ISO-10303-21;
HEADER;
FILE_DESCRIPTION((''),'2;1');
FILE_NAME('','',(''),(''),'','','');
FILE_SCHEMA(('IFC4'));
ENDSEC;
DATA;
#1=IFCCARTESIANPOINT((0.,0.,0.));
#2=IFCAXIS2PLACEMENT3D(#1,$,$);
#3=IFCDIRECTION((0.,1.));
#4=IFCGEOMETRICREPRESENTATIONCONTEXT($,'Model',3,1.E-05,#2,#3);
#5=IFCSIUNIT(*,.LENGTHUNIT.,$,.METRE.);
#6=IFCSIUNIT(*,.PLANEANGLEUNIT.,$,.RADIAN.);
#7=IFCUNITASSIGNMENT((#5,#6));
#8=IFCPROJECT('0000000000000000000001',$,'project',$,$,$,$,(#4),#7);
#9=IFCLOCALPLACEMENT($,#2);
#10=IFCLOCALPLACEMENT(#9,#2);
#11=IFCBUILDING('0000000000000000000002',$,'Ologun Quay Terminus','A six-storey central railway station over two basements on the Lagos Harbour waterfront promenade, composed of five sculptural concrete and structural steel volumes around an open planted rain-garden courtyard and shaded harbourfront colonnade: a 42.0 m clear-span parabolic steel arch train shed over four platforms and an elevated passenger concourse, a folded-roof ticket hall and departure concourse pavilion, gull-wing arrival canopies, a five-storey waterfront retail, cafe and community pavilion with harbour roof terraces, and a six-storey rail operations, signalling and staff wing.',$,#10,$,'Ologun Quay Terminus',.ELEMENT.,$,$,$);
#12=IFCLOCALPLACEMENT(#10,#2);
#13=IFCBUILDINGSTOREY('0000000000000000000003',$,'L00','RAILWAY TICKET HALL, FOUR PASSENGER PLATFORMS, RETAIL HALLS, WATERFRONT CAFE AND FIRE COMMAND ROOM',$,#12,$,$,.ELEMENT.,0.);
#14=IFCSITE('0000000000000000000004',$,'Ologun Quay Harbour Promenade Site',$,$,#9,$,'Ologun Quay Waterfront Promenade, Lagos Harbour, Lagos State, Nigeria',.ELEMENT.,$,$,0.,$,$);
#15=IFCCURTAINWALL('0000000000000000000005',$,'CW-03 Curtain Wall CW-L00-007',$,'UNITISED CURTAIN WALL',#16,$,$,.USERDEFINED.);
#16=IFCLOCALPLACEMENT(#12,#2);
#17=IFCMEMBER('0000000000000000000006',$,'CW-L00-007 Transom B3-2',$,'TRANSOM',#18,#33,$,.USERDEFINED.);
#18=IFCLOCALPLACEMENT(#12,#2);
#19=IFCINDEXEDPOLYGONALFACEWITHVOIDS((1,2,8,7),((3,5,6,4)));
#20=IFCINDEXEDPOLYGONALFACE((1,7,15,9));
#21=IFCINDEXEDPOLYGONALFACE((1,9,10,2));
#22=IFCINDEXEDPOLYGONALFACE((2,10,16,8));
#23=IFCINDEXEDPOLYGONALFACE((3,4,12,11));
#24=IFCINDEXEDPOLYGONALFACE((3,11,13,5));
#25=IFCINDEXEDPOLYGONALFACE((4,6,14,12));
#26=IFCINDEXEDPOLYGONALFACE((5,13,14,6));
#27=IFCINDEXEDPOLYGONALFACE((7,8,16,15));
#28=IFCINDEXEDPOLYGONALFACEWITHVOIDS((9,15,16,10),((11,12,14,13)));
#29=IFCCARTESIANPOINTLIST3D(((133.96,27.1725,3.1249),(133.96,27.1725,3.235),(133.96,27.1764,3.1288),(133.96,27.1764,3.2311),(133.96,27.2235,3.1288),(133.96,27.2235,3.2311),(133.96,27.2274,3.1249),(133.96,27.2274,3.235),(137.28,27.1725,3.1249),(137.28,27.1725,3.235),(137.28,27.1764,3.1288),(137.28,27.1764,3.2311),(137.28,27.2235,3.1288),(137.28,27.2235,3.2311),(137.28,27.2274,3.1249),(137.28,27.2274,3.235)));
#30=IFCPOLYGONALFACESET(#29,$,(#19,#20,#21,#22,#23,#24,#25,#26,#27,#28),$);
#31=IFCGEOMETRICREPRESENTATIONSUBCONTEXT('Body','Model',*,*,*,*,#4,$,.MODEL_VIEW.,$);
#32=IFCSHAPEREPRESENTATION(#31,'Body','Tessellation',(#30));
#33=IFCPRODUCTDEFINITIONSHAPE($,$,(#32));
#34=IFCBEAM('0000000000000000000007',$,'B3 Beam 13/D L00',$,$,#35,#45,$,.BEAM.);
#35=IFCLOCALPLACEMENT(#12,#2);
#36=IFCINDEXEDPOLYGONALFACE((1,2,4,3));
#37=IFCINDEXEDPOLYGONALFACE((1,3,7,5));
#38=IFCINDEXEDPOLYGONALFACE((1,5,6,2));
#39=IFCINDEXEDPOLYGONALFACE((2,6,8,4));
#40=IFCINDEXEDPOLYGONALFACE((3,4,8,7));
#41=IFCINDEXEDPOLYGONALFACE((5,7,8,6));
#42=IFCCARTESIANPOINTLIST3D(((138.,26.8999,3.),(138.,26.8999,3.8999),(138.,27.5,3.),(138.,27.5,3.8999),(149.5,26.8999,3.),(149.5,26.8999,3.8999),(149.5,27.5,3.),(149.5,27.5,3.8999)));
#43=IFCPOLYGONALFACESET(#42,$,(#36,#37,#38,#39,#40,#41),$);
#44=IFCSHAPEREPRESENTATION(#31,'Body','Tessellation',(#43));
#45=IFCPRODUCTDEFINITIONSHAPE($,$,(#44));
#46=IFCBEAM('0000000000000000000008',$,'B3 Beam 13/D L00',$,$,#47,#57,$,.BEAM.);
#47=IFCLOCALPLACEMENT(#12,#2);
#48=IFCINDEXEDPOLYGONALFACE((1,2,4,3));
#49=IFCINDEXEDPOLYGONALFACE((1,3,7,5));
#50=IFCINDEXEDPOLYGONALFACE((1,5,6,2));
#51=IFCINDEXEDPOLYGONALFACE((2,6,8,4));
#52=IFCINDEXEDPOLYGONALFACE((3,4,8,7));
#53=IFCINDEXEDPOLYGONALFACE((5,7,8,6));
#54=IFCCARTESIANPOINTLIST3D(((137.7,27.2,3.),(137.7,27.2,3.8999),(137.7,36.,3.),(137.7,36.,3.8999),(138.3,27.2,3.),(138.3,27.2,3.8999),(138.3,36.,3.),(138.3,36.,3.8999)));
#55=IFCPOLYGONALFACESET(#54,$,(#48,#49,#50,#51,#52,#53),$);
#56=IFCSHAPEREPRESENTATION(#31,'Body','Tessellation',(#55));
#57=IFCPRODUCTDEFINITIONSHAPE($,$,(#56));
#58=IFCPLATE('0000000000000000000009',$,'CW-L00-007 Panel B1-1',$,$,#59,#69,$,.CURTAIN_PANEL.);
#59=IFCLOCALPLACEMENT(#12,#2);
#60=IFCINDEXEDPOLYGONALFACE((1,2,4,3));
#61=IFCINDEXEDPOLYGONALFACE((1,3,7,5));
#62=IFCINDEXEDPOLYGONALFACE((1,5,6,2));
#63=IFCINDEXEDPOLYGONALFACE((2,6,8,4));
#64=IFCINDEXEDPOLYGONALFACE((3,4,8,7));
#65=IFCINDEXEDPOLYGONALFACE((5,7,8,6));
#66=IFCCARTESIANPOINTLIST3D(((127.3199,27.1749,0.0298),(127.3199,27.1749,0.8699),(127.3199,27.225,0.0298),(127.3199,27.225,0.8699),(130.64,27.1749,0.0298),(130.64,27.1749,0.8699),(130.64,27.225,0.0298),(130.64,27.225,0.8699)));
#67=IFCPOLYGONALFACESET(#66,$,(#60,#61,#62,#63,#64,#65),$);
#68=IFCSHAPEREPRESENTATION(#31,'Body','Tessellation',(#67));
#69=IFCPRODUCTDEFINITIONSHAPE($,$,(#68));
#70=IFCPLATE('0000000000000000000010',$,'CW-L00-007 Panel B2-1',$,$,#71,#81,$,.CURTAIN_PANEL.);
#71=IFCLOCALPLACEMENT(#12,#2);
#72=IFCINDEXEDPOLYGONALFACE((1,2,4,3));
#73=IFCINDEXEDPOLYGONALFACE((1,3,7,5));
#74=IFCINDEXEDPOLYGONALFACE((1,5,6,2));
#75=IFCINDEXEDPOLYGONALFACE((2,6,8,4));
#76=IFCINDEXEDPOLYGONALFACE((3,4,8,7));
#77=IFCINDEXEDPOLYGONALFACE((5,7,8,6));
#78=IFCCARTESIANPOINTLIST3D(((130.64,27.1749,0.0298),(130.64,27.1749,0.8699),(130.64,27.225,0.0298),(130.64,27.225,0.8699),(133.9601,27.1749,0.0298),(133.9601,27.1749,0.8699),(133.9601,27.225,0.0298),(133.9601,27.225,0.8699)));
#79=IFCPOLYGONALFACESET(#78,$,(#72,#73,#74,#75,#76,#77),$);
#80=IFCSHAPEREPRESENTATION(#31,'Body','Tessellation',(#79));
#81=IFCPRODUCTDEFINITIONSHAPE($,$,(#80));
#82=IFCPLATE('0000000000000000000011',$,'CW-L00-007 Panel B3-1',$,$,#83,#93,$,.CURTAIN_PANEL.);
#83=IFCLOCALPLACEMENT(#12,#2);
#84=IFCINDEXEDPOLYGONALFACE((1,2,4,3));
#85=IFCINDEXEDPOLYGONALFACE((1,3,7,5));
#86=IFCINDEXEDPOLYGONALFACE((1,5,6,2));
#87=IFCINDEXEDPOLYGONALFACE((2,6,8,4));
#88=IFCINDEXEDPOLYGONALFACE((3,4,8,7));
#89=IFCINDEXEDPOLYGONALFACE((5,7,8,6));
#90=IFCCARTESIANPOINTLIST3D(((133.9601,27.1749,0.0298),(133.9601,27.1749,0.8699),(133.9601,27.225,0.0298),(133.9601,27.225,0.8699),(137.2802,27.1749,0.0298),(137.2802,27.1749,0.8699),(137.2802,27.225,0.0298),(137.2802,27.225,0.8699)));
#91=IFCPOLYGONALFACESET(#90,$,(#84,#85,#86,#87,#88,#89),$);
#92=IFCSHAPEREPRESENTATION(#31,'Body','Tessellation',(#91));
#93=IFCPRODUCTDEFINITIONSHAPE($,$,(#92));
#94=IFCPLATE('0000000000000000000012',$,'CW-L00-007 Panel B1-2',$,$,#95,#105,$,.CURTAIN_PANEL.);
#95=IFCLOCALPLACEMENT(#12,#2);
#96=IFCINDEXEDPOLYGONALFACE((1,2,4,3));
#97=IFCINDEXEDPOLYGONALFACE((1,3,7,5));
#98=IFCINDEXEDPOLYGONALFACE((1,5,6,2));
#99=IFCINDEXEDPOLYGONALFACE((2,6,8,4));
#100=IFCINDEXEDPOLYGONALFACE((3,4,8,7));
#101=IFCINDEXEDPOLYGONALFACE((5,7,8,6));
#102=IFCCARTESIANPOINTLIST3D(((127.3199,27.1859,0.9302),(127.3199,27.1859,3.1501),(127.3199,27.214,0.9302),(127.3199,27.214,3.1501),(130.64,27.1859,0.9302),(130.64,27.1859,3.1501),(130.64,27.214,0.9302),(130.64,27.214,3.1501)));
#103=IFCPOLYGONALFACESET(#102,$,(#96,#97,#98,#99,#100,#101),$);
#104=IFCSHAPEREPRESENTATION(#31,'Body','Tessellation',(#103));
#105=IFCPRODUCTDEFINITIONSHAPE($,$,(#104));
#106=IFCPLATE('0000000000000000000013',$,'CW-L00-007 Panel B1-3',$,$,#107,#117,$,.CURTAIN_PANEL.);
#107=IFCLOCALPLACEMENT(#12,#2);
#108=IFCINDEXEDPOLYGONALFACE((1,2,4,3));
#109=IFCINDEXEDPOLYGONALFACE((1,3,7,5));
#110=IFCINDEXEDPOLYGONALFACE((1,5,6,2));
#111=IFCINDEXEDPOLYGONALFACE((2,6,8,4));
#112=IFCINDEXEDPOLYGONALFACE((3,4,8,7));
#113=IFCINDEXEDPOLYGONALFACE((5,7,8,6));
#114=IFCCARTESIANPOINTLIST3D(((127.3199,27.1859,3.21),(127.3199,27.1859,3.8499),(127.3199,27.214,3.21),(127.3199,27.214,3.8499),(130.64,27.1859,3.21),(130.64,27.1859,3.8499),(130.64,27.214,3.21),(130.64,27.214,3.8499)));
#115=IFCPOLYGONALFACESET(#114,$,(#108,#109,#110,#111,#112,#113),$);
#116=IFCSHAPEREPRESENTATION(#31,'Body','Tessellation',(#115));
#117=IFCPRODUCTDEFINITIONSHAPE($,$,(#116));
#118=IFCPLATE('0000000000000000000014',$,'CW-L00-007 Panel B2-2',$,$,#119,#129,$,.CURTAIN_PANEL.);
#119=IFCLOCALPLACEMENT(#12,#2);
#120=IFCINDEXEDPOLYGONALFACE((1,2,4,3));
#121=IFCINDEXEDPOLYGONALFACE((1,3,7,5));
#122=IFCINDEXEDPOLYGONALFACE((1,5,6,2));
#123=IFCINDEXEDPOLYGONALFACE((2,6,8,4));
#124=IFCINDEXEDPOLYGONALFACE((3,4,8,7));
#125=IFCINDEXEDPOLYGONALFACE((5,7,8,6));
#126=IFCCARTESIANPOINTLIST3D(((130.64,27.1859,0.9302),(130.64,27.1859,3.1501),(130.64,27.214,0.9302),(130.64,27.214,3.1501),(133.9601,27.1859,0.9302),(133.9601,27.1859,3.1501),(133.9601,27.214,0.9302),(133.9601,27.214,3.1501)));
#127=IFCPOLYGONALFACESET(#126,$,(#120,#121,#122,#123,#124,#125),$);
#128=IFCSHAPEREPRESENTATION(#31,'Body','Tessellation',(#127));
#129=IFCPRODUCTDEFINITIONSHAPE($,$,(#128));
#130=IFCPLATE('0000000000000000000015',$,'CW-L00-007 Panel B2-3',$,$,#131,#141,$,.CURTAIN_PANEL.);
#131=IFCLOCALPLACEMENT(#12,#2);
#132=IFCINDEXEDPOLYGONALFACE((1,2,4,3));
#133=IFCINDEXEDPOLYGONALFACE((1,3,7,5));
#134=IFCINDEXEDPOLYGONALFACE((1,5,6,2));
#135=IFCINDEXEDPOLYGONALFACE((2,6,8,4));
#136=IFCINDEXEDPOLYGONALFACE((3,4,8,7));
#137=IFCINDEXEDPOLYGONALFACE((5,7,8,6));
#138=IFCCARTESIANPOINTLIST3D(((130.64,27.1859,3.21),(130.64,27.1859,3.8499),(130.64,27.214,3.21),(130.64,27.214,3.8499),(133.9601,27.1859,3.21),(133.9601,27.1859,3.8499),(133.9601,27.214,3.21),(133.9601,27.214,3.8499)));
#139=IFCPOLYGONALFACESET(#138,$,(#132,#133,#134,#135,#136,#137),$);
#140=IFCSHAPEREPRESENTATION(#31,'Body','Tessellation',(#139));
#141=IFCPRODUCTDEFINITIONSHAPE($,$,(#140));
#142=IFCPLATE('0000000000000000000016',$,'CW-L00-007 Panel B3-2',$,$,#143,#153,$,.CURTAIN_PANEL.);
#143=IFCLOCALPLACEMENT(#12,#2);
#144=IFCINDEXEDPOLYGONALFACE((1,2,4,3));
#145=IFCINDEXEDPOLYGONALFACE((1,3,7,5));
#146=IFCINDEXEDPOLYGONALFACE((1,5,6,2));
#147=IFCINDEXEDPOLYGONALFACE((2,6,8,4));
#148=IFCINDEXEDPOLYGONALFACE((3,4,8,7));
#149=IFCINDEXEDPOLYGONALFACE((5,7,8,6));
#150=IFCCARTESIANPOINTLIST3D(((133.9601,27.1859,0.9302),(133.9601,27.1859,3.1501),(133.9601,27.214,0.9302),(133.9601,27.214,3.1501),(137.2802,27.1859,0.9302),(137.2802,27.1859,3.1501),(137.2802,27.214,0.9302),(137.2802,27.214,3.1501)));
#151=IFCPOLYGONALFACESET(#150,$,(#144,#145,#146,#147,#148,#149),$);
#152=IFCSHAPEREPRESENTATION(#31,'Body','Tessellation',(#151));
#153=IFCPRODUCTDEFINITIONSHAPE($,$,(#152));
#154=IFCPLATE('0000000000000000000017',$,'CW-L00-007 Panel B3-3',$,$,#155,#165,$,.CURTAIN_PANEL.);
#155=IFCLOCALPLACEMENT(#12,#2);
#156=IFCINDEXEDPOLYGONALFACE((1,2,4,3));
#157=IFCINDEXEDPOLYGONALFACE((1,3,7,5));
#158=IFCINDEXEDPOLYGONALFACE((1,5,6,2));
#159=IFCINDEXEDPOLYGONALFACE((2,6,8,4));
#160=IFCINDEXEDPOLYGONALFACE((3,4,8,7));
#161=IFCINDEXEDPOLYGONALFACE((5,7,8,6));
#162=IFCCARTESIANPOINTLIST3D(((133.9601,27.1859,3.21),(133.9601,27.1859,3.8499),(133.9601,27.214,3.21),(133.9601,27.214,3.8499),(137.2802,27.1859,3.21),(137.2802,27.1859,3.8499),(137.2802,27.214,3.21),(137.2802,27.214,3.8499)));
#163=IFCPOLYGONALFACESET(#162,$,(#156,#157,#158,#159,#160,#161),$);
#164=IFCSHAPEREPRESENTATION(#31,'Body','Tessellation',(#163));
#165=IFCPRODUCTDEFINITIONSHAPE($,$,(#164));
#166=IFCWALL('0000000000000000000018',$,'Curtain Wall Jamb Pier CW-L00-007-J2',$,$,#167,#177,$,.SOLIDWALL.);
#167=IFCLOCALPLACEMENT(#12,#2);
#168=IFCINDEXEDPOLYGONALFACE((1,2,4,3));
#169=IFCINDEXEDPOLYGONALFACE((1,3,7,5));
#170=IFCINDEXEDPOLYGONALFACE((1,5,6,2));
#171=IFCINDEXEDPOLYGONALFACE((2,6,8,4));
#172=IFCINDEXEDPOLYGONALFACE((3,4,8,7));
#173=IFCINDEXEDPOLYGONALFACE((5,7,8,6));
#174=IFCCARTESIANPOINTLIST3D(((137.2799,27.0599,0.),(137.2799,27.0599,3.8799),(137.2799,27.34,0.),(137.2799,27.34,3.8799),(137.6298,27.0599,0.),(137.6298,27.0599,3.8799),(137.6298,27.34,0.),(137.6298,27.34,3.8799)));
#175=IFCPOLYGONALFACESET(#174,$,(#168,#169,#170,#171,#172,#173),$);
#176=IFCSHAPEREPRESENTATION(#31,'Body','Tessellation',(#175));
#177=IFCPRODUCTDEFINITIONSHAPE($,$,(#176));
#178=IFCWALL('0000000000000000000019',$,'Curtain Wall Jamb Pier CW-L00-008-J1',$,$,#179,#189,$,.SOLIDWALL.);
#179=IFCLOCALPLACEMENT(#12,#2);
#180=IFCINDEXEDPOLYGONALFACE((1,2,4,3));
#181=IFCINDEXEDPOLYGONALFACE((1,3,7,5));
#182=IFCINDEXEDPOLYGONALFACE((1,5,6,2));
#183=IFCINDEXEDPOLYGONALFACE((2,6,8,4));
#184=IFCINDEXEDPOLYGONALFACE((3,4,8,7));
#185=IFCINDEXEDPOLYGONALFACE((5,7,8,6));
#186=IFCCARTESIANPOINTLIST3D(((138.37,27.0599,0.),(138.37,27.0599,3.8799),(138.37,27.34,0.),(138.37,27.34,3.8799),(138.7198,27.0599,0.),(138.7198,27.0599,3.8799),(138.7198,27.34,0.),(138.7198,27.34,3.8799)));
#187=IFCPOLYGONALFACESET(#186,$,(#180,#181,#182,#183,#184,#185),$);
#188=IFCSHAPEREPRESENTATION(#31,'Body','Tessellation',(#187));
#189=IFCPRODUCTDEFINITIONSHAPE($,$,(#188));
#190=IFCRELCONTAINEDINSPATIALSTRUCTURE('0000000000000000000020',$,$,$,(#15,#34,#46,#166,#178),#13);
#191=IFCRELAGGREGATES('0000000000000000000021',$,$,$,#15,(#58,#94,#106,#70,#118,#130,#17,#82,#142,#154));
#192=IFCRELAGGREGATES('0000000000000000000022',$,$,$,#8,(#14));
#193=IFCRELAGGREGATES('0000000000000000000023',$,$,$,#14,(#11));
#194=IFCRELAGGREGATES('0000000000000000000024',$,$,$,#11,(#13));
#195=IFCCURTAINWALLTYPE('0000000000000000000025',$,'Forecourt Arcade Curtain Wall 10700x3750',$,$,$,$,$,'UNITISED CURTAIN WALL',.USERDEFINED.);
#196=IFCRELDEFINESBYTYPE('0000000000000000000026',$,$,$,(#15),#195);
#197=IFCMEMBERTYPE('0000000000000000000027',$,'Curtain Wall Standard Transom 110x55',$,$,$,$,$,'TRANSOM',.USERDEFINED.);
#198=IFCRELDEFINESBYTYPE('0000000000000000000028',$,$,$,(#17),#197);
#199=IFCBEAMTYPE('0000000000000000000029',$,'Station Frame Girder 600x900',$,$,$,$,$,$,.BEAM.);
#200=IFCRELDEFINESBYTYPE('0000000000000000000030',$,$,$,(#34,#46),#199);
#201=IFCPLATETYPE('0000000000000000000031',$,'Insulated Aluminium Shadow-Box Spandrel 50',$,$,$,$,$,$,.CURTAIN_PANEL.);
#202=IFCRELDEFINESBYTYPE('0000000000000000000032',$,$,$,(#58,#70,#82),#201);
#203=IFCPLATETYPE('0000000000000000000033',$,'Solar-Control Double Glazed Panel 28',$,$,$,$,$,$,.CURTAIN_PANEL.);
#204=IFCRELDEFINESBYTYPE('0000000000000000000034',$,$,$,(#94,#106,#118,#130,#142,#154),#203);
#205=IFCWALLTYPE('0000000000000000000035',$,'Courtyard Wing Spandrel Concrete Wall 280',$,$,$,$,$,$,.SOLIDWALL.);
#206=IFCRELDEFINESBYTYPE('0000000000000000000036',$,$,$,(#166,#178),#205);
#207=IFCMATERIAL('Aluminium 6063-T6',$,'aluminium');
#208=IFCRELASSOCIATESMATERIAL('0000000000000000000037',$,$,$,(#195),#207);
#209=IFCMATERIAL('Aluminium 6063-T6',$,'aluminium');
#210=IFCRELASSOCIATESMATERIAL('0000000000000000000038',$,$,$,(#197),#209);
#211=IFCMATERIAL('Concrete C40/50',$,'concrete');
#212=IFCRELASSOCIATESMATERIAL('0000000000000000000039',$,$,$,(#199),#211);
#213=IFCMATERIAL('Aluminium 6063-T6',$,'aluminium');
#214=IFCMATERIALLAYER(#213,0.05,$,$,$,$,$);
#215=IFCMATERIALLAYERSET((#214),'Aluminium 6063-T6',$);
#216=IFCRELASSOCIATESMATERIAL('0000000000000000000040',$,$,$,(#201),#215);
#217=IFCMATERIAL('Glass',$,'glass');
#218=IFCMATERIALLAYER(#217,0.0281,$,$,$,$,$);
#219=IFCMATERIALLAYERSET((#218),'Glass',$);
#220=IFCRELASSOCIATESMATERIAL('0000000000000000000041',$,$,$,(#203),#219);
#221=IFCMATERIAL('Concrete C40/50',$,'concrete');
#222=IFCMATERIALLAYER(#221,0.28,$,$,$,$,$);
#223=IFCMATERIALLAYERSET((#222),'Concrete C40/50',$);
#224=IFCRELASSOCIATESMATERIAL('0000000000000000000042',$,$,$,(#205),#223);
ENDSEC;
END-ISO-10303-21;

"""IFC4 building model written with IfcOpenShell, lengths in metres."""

from ifc_helpers import new_model, si_unit, direction, frame, frame_2d, origin, origin_2d, place, context, subcontext, project, spatial, rectangle, hollow_rectangle, extrude, material, layer, layer_set, material_profile, profile_set, type_object, element, aggregate, save


model = new_model("IFC4")

# Units and contexts
model_context = context("Model", 3, precision=1e-05, world=origin(), true_north=direction((0.0, 1.0)))
body_context = subcontext(model_context, "Body", "Model", "MODEL_VIEW")
ifc_project = project(units=[si_unit("LENGTHUNIT", "METRE"), si_unit("PLANEANGLEUNIT", "RADIAN")], contexts=[model_context])

# Site, building, storey
site_placement = place(None, origin())
site = spatial("IfcSite", under=ifc_project, at=site_placement, Name="Ologun Quay Harbour Promenade Site", LongName="Ologun Quay Waterfront Promenade, Lagos Harbour, Lagos State, Nigeria", CompositionType="ELEMENT", RefElevation=0.0)
building_placement = place(site_placement, origin())
building = spatial("IfcBuilding", under=site, at=building_placement, Name="Ologun Quay Terminus", Description="A six-storey central railway station over two basements on the Lagos Harbour waterfront promenade, composed of five sculptural concrete and structural steel volumes around an open planted rain-garden courtyard and shaded harbourfront colonnade: a 42.0 m clear-span parabolic steel arch train shed over four platforms and an elevated passenger concourse, a folded-roof ticket hall and departure concourse pavilion, gull-wing arrival canopies, a five-storey waterfront retail, cafe and community pavilion with harbour roof terraces, and a six-storey rail operations, signalling and staff wing.", LongName="Ologun Quay Terminus", CompositionType="ELEMENT")
storey_placement = place(building_placement, origin())
storey = spatial("IfcBuildingStorey", under=building, at=storey_placement, Name="L00", Description="RAILWAY TICKET HALL, FOUR PASSENGER PLATFORMS, RETAIL HALLS, WATERFRONT CAFE AND FIRE COMMAND ROOM", CompositionType="ELEMENT", Elevation=0.0)

# Curtain wall
ifc_material_1 = material(Name="Aluminium 6063-T6", Category="aluminium")
curtain_wall_type = type_object("IfcCurtainWallType", Name="Forecourt Arcade Curtain Wall 10700x3750", ElementType="UNITISED CURTAIN WALL", PredefinedType="USERDEFINED", material=ifc_material_1)
curtain_wall_1_placement = place(storey_placement, origin())
curtain_wall_1 = element("IfcCurtainWall", 1, at=curtain_wall_1_placement, inside=storey, type_object=curtain_wall_type, Name="CW-03 Curtain Wall CW-L00-007", ObjectType="UNITISED CURTAIN WALL", PredefinedType="USERDEFINED")

# Member
ifc_material_2 = material(Name="Aluminium 6063-T6", Category="aluminium")
ifc_material_profile_1 = material_profile(ifc_material_2, hollow_rectangle(XDim=0.0549, YDim=0.1101, WallThickness=0.0039, at=origin_2d()), Name="ALU 110x55x4")
ifc_profile_set_1 = profile_set([ifc_material_profile_1], Name="Aluminium 6063-T6")
member_type_1 = type_object("IfcMemberType", Name="Curtain Wall Standard Transom 110x55", ElementType="TRANSOM", PredefinedType="USERDEFINED", material=ifc_profile_set_1)
member_1_placement = place(storey_placement, frame((133.96, 27.2, 3.1799), z_axis=(1.0, 0.0, 0.0), x_axis=(0.0, 1.0, 0.0)))
member_1 = element("IfcMember", 2, at=member_1_placement, type_object=member_type_1, Name="CW-L00-007 Transom B3-2", ObjectType="TRANSOM", PredefinedType="USERDEFINED", context=body_context, shape_type="SweptSolid", body=[
    extrude(hollow_rectangle(XDim=0.0549, YDim=0.1101, WallThickness=0.0039, at=origin_2d()), origin(), (0.0, 0.0, 1.0), 3.3201),
])

# Beams
ifc_material_3 = material(Name="Concrete C40/50", Category="concrete")
ifc_material_profile_2 = material_profile(ifc_material_3, rectangle(XDim=0.6001, YDim=0.8999, at=origin_2d()), Name="RC 600x900")
ifc_profile_set_2 = profile_set([ifc_material_profile_2], Name="Concrete C40/50")
beam_type = type_object("IfcBeamType", Name="Station Frame Girder 600x900", PredefinedType="BEAM", material=ifc_profile_set_2)
beam_1_placement = place(storey_placement, frame((138.0, 27.2, 3.45), z_axis=(1.0, 0.0, 0.0), x_axis=(0.0, 1.0, 0.0)))
element("IfcBeam", 3, at=beam_1_placement, inside=storey, type_object=beam_type, Name="B3 Beam 13/D L00", PredefinedType="BEAM", context=body_context, shape_type="SweptSolid", body=[
    extrude(rectangle(XDim=0.6001, YDim=0.8999, at=origin_2d()), origin(), (0.0, 0.0, 1.0), 11.5),
])
beam_2_placement = place(storey_placement, frame((138.0, 27.2, 3.45), z_axis=(0.0, 1.0, 0.0), x_axis=(-1.0, 0.0, 0.0)))
element("IfcBeam", 4, at=beam_2_placement, inside=storey, type_object=beam_type, Name="B3 Beam 13/D L00", PredefinedType="BEAM", context=body_context, shape_type="SweptSolid", body=[
    extrude(rectangle(XDim=0.6001, YDim=0.8999, at=origin_2d()), origin(), (0.0, 0.0, 1.0), 8.8),
])

# Plates
ifc_material_4 = material(Name="Aluminium 6063-T6", Category="aluminium")
ifc_layer_1 = layer(ifc_material_4, 0.05)
ifc_layer_set_1 = layer_set([ifc_layer_1], Name="Aluminium 6063-T6")
plate_type_1 = type_object("IfcPlateType", Name="Insulated Aluminium Shadow-Box Spandrel 50", PredefinedType="CURTAIN_PANEL", material=ifc_layer_set_1)
plate_1_placement = place(storey_placement, frame((128.98, 27.2, 0.0298), z_axis=(0.0, 0.0, 1.0), x_axis=(1.0, 0.0, 0.0)))
plate_1 = element("IfcPlate", 5, at=plate_1_placement, type_object=plate_type_1, Name="CW-L00-007 Panel B1-1", PredefinedType="CURTAIN_PANEL", context=body_context, shape_type="SweptSolid", body=[
    extrude(rectangle(XDim=3.3201, YDim=0.05, at=origin_2d()), origin(), (0.0, 0.0, 1.0), 0.8401),
])
plate_2_placement = place(storey_placement, frame((132.3, 27.2, 0.0298), z_axis=(0.0, 0.0, 1.0), x_axis=(1.0, 0.0, 0.0)))
plate_2 = element("IfcPlate", 6, at=plate_2_placement, type_object=plate_type_1, Name="CW-L00-007 Panel B2-1", PredefinedType="CURTAIN_PANEL", context=body_context, shape_type="SweptSolid", body=[
    extrude(rectangle(XDim=3.3201, YDim=0.05, at=origin_2d()), origin(), (0.0, 0.0, 1.0), 0.8401),
])
plate_3_placement = place(storey_placement, frame((135.6201, 27.2, 0.0298), z_axis=(0.0, 0.0, 1.0), x_axis=(1.0, 0.0, 0.0)))
plate_3 = element("IfcPlate", 7, at=plate_3_placement, type_object=plate_type_1, Name="CW-L00-007 Panel B3-1", PredefinedType="CURTAIN_PANEL", context=body_context, shape_type="SweptSolid", body=[
    extrude(rectangle(XDim=3.3201, YDim=0.05, at=origin_2d()), origin(), (0.0, 0.0, 1.0), 0.8401),
])
ifc_material_5 = material(Name="Glass", Category="glass")
ifc_layer_2 = layer(ifc_material_5, 0.0281)
ifc_layer_set_2 = layer_set([ifc_layer_2], Name="Glass")
plate_type_2 = type_object("IfcPlateType", Name="Solar-Control Double Glazed Panel 28", PredefinedType="CURTAIN_PANEL", material=ifc_layer_set_2)
plate_4_placement = place(storey_placement, frame((128.98, 27.2, 0.9302), z_axis=(0.0, 0.0, 1.0), x_axis=(1.0, 0.0, 0.0)))
plate_4 = element("IfcPlate", 8, at=plate_4_placement, type_object=plate_type_2, Name="CW-L00-007 Panel B1-2", PredefinedType="CURTAIN_PANEL", context=body_context, shape_type="SweptSolid", body=[
    extrude(rectangle(XDim=3.3201, YDim=0.0281, at=origin_2d()), origin(), (0.0, 0.0, 1.0), 2.22),
])
plate_5_placement = place(storey_placement, frame((128.98, 27.2, 3.21), z_axis=(0.0, 0.0, 1.0), x_axis=(1.0, 0.0, 0.0)))
plate_5 = element("IfcPlate", 9, at=plate_5_placement, type_object=plate_type_2, Name="CW-L00-007 Panel B1-3", PredefinedType="CURTAIN_PANEL", context=body_context, shape_type="SweptSolid", body=[
    extrude(rectangle(XDim=3.3201, YDim=0.0281, at=origin_2d()), origin(), (0.0, 0.0, 1.0), 0.6399),
])
plate_6_placement = place(storey_placement, frame((132.3, 27.2, 0.9302), z_axis=(0.0, 0.0, 1.0), x_axis=(1.0, 0.0, 0.0)))
plate_6 = element("IfcPlate", 10, at=plate_6_placement, type_object=plate_type_2, Name="CW-L00-007 Panel B2-2", PredefinedType="CURTAIN_PANEL", context=body_context, shape_type="SweptSolid", body=[
    extrude(rectangle(XDim=3.3201, YDim=0.0281, at=origin_2d()), origin(), (0.0, 0.0, 1.0), 2.22),
])
plate_7_placement = place(storey_placement, frame((132.3, 27.2, 3.21), z_axis=(0.0, 0.0, 1.0), x_axis=(1.0, 0.0, 0.0)))
plate_7 = element("IfcPlate", 11, at=plate_7_placement, type_object=plate_type_2, Name="CW-L00-007 Panel B2-3", PredefinedType="CURTAIN_PANEL", context=body_context, shape_type="SweptSolid", body=[
    extrude(rectangle(XDim=3.3201, YDim=0.0281, at=origin_2d()), origin(), (0.0, 0.0, 1.0), 0.6399),
])
plate_8_placement = place(storey_placement, frame((135.6201, 27.2, 0.9302), z_axis=(0.0, 0.0, 1.0), x_axis=(1.0, 0.0, 0.0)))
plate_8 = element("IfcPlate", 12, at=plate_8_placement, type_object=plate_type_2, Name="CW-L00-007 Panel B3-2", PredefinedType="CURTAIN_PANEL", context=body_context, shape_type="SweptSolid", body=[
    extrude(rectangle(XDim=3.3201, YDim=0.0281, at=origin_2d()), origin(), (0.0, 0.0, 1.0), 2.22),
])
plate_9_placement = place(storey_placement, frame((135.6201, 27.2, 3.21), z_axis=(0.0, 0.0, 1.0), x_axis=(1.0, 0.0, 0.0)))
plate_9 = element("IfcPlate", 13, at=plate_9_placement, type_object=plate_type_2, Name="CW-L00-007 Panel B3-3", PredefinedType="CURTAIN_PANEL", context=body_context, shape_type="SweptSolid", body=[
    extrude(rectangle(XDim=3.3201, YDim=0.0281, at=origin_2d()), origin(), (0.0, 0.0, 1.0), 0.6399),
])
aggregate(curtain_wall_1, [plate_1, plate_4, plate_5, plate_2, plate_6, plate_7, member_1, plate_3, plate_8, plate_9])

# Walls
ifc_material_6 = material(Name="Concrete C40/50", Category="concrete")
ifc_layer_3 = layer(ifc_material_6, 0.28)
ifc_layer_set_3 = layer_set([ifc_layer_3], Name="Concrete C40/50")
wall_type = type_object("IfcWallType", Name="Courtyard Wing Spandrel Concrete Wall 280", PredefinedType="SOLIDWALL", material=ifc_layer_set_3)
for number, where, z_axis, x_axis, name in (
    (14, (137.28, 27.2, 0.0), (0.0, 0.0, 1.0), (1.0, 0.0, 0.0), "Curtain Wall Jamb Pier CW-L00-007-J2"),
    (15, (138.3701, 27.2, 0.0), (0.0, 0.0, 1.0), (1.0, 0.0, 0.0), "Curtain Wall Jamb Pier CW-L00-008-J1"),
):
    element("IfcWall", number, at=place(storey_placement, frame(where, z_axis=z_axis, x_axis=x_axis)), inside=storey, type_object=wall_type, Name=name, PredefinedType="SOLIDWALL", context=body_context, shape_type="SweptSolid", body=[
        extrude(rectangle(XDim=0.3499, YDim=0.28, at=frame_2d((0.1748, 0.0))), origin(), (0.0, 0.0, 1.0), 3.8799),
    ])

save(model, "model.ifc")
